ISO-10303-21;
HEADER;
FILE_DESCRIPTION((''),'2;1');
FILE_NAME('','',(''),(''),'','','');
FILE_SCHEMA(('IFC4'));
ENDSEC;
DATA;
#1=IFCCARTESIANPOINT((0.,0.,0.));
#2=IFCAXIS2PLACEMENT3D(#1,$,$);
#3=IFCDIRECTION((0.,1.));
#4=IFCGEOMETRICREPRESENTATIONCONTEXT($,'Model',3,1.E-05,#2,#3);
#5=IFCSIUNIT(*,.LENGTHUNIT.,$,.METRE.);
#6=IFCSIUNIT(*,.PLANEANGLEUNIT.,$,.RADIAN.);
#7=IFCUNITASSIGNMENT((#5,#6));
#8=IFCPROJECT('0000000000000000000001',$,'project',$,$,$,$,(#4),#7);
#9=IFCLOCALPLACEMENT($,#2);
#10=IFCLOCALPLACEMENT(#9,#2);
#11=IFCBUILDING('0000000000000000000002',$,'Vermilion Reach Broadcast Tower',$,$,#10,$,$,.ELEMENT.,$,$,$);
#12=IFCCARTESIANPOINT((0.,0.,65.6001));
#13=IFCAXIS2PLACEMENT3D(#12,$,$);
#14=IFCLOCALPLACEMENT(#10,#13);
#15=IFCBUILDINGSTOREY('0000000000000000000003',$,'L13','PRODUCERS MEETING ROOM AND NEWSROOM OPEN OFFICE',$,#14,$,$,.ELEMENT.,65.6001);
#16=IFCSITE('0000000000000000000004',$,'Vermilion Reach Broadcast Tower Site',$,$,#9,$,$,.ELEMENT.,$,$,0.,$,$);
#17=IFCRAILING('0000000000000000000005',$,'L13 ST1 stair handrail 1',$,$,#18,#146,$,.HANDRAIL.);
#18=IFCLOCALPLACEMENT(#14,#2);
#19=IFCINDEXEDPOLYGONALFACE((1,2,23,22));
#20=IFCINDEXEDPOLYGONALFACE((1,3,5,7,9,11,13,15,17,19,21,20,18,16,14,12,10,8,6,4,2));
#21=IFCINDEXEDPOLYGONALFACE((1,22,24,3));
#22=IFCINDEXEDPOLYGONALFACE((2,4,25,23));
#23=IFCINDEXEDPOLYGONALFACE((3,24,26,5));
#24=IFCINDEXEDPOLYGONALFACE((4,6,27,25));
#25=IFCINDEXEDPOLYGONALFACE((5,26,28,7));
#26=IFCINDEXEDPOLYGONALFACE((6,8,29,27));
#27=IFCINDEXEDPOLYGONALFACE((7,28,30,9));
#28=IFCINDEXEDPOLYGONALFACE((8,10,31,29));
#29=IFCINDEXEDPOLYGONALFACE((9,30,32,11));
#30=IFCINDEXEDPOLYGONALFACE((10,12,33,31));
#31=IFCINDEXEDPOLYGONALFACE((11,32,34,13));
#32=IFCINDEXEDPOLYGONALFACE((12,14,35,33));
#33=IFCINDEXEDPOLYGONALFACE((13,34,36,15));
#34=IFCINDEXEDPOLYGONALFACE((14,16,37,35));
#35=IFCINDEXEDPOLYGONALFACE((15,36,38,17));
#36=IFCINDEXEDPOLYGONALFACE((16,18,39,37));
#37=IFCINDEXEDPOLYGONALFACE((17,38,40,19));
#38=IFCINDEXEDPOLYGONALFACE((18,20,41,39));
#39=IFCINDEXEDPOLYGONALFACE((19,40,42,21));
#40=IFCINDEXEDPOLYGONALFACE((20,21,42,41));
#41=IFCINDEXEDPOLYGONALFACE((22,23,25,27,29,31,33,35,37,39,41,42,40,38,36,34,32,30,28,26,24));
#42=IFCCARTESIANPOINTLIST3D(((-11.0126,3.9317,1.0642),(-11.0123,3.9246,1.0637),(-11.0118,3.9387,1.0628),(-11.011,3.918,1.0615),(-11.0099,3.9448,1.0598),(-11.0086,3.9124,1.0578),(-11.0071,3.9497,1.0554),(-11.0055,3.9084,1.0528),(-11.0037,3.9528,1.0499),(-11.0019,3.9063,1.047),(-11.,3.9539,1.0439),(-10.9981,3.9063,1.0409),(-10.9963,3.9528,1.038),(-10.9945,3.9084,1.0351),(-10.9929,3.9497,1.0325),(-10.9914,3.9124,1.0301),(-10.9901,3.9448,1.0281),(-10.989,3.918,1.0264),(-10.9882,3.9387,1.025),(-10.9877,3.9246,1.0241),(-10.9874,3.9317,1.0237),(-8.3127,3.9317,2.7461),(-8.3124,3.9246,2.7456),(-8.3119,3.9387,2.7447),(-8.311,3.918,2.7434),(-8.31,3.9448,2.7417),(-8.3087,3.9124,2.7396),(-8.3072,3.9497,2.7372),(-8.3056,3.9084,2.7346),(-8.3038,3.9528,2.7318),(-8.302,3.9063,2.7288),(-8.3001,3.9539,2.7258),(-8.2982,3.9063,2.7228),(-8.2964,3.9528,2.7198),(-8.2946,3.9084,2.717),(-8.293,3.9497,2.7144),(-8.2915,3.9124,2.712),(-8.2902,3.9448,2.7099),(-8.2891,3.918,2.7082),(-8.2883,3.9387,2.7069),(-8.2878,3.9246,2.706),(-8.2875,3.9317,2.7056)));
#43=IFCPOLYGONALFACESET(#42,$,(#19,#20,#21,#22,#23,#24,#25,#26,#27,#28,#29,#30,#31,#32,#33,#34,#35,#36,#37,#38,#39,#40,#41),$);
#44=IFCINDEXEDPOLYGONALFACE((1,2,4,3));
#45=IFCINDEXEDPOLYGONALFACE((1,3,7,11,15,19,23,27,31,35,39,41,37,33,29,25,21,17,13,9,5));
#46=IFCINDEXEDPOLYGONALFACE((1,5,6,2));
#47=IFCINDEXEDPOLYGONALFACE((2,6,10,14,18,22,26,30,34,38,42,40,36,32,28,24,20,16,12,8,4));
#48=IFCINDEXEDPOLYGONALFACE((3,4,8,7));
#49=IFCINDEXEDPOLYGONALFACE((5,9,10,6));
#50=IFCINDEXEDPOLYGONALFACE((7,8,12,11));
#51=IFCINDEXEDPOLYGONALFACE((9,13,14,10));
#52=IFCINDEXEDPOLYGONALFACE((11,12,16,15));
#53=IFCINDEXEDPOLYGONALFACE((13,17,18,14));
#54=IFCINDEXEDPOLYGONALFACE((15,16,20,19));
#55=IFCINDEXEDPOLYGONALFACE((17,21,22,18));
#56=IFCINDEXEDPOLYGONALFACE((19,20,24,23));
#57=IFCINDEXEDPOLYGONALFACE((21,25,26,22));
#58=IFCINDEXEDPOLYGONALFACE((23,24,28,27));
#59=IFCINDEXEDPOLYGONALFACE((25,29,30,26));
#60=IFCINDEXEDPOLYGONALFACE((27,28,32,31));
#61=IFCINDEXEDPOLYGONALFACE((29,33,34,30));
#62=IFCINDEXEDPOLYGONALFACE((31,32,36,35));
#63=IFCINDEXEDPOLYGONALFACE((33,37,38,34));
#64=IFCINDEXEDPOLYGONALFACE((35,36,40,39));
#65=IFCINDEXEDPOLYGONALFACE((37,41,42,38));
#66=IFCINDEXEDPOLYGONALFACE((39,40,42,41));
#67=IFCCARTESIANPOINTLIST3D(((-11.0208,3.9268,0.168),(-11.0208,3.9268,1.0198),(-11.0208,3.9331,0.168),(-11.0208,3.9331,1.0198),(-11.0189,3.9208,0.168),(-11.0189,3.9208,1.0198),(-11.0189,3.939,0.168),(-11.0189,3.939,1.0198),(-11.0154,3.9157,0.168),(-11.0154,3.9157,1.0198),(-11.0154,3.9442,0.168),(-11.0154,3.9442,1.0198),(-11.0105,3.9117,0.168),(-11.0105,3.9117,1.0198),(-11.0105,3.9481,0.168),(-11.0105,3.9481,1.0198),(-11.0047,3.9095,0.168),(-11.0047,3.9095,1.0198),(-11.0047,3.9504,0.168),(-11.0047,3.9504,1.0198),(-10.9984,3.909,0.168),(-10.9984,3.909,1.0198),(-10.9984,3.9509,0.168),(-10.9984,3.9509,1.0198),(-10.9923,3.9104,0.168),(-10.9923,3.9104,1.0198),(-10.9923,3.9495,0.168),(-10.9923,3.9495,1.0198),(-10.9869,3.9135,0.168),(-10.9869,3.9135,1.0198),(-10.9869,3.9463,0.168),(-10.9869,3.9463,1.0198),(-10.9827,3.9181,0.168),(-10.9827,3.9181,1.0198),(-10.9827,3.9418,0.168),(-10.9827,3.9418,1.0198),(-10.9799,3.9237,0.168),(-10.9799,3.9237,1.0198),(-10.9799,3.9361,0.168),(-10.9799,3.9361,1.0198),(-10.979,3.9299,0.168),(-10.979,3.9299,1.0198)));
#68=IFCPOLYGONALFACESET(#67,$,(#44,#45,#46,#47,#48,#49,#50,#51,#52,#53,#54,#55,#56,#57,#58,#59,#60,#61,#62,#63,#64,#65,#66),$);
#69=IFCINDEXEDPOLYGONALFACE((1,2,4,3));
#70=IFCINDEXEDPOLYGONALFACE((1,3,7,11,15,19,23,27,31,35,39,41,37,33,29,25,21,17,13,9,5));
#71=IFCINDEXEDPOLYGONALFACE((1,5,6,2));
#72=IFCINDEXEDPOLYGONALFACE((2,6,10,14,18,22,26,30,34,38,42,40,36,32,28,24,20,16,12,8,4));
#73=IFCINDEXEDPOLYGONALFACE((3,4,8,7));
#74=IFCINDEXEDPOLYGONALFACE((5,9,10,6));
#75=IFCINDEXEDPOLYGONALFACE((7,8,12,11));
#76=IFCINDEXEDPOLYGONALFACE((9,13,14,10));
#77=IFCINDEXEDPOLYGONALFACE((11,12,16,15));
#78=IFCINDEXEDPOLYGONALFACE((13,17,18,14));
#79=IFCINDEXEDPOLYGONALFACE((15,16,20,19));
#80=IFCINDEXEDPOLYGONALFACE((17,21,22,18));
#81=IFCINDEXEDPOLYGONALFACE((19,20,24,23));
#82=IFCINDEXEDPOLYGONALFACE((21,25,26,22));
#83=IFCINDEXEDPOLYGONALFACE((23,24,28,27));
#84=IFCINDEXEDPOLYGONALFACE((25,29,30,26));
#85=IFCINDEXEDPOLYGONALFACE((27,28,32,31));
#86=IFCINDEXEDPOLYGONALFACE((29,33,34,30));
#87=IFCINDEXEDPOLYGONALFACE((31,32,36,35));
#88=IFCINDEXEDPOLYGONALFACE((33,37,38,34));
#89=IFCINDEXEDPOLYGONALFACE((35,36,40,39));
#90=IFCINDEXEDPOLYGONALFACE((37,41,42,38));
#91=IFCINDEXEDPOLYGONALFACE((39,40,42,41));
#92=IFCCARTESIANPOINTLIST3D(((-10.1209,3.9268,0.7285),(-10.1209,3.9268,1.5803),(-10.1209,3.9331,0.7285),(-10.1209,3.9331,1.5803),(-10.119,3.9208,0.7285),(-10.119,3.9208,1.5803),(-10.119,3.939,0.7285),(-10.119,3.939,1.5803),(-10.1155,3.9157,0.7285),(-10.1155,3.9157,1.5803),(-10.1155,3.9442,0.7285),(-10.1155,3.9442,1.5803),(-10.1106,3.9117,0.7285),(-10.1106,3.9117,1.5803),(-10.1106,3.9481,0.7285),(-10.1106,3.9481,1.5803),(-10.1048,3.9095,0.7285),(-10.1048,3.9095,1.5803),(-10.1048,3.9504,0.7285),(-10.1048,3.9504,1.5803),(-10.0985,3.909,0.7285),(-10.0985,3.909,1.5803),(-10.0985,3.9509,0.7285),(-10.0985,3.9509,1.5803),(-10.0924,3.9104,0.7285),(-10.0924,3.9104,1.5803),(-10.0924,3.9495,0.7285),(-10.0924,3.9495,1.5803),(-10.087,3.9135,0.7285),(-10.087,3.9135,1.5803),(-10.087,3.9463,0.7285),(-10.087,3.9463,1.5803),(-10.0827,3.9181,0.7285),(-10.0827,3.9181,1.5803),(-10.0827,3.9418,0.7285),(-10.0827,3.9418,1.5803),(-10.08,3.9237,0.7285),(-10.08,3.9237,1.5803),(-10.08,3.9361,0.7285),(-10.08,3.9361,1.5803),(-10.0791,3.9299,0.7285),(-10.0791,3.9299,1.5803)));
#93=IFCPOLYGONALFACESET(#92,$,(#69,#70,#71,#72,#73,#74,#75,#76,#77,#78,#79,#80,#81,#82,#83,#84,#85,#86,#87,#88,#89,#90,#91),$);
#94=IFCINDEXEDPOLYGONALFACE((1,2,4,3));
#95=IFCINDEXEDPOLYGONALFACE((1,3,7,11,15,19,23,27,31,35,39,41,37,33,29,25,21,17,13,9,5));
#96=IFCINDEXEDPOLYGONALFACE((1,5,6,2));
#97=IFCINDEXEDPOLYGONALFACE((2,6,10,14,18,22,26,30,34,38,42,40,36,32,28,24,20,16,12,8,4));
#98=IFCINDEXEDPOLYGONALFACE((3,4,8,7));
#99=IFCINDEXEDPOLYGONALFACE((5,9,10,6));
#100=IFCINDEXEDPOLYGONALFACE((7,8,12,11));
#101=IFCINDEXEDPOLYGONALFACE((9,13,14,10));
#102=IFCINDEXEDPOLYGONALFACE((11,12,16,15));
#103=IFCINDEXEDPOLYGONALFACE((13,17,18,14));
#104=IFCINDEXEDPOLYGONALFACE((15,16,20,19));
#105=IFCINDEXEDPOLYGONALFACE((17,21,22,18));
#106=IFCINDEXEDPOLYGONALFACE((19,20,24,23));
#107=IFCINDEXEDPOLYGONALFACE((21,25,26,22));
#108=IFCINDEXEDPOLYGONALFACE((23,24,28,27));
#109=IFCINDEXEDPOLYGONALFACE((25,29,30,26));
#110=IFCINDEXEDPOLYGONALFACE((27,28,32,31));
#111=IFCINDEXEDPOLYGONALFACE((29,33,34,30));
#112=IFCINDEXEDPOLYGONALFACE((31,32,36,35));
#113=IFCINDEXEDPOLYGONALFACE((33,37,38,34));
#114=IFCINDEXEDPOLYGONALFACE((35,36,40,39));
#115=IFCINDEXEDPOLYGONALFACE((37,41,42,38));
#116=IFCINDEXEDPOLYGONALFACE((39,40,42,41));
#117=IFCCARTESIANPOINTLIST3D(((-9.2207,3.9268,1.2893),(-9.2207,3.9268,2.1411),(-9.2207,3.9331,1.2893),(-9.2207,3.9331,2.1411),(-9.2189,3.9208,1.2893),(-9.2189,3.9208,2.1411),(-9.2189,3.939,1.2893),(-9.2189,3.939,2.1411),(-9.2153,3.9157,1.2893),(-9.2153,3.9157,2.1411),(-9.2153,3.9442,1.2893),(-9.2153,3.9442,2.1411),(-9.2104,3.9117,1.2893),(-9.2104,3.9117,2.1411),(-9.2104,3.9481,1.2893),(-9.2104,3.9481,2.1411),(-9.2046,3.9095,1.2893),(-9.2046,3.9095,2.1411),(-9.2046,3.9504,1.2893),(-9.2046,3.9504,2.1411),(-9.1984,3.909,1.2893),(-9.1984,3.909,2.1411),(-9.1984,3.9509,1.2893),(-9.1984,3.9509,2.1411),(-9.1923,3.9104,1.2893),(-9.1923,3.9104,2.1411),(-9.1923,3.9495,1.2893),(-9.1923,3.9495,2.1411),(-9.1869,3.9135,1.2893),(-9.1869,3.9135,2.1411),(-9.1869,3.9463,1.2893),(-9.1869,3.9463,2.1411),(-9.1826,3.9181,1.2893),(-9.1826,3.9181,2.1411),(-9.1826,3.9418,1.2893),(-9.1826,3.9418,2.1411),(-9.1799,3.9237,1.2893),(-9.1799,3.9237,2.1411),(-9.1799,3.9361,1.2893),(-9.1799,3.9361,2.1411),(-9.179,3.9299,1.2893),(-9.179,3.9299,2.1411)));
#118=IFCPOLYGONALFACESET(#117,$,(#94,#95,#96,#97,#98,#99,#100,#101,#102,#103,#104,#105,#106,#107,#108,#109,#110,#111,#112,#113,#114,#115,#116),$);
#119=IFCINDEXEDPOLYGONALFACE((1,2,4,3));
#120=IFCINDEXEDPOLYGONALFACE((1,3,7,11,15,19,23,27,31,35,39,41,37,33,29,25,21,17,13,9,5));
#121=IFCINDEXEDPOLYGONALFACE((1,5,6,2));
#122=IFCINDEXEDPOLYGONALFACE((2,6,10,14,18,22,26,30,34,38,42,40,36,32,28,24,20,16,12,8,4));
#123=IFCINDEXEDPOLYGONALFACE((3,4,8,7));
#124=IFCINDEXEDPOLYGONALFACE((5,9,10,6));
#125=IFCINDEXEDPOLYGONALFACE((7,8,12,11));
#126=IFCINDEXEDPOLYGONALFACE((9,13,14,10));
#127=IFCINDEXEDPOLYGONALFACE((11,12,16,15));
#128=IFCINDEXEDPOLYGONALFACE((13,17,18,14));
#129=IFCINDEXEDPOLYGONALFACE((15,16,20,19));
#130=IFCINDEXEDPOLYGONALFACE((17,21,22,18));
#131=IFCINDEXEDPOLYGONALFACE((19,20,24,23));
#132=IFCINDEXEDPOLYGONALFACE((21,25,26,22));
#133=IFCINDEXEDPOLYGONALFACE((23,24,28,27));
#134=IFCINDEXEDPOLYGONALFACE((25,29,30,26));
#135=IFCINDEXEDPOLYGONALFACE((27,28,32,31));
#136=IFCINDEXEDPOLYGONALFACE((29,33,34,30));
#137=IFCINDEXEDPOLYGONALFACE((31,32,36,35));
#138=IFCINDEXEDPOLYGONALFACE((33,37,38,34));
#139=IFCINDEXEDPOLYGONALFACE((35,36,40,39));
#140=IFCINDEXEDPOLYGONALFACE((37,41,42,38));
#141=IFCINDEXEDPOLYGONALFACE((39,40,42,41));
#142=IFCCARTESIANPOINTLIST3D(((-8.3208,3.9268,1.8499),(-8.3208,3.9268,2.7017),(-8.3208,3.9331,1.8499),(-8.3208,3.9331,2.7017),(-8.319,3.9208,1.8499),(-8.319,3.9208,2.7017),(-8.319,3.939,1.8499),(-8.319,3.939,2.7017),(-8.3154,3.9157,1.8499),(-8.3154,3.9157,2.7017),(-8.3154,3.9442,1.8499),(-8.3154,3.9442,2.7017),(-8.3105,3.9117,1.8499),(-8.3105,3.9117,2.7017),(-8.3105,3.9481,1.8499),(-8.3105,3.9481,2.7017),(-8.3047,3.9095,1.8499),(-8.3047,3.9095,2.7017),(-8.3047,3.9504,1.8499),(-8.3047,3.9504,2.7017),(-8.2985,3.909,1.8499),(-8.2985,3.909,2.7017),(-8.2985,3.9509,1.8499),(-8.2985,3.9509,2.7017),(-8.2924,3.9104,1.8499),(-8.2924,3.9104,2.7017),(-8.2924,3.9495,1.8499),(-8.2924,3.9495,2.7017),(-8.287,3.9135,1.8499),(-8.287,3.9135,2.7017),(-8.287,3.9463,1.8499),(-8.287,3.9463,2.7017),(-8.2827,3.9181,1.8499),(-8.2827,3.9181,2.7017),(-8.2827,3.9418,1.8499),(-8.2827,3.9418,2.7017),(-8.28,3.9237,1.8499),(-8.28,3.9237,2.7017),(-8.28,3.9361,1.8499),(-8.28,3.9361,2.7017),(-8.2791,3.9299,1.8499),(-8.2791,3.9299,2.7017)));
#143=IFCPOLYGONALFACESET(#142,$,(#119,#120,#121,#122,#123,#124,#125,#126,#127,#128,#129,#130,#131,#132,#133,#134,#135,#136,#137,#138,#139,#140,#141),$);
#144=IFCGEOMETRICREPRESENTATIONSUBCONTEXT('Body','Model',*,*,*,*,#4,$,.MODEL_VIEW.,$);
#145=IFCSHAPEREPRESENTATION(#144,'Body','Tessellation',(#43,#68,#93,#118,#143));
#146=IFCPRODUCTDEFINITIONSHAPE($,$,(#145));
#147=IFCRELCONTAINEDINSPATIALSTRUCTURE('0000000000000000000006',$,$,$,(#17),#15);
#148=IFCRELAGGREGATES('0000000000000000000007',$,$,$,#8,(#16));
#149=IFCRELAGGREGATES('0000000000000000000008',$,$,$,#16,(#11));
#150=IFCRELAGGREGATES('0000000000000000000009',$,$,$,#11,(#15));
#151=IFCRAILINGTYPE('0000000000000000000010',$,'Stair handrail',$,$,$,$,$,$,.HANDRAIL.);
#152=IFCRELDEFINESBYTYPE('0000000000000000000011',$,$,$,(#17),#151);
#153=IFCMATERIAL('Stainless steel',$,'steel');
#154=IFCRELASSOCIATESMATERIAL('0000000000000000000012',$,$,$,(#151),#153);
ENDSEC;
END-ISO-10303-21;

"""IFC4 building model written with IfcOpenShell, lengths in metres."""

from ifc_helpers import new_model, si_unit, direction, frame, origin, origin_2d, place, context, subcontext, project, spatial, circle, extrude, material, type_object, element, save


model = new_model("IFC4")

# Units and contexts
model_context = context("Model", 3, precision=1e-05, world=origin(), true_north=direction((0.0, 1.0)))
body_context = subcontext(model_context, "Body", "Model", "MODEL_VIEW")
ifc_project = project(units=[si_unit("LENGTHUNIT", "METRE"), si_unit("PLANEANGLEUNIT", "RADIAN")], contexts=[model_context])

# Site, building, storey
site_placement = place(None, origin())
site = spatial("IfcSite", under=ifc_project, at=site_placement, Name="Vermilion Reach Broadcast Tower Site", CompositionType="ELEMENT", RefElevation=0.0)
building_placement = place(site_placement, origin())
building = spatial("IfcBuilding", under=site, at=building_placement, Name="Vermilion Reach Broadcast Tower", CompositionType="ELEMENT")
storey_placement = place(building_placement, frame((0.0, 0.0, 65.6001)))
storey = spatial("IfcBuildingStorey", under=building, at=storey_placement, Name="L13", Description="PRODUCERS MEETING ROOM AND NEWSROOM OPEN OFFICE", CompositionType="ELEMENT", Elevation=65.6001)

# Railing
ifc_material_1 = material(Name="Stainless steel", Category="steel")
railing_type_1 = type_object("IfcRailingType", Name="Stair handrail", PredefinedType="HANDRAIL", material=ifc_material_1)
railing_1_placement = place(storey_placement, frame((-11.0, 3.9299, 0.168)))
element("IfcRailing", 1, at=railing_1_placement, inside=storey, type_object=railing_type_1, Name="L13 ST1 stair handrail 1", PredefinedType="HANDRAIL", context=body_context, shape_type="SweptSolid", body=[
    extrude(circle(Radius=0.0239, at=origin_2d()), frame((0.0, 0.0, 0.876), z_axis=(0.848786, 0.0, 0.528736), x_axis=(0.0, 1.0, 0.0)), (0.0, 0.0, 1.0), 3.1809),
    extrude(circle(Radius=0.021, at=origin_2d()), origin(), (0.0, 0.0, 1.0), 0.8518),
    extrude(circle(Radius=0.021, at=origin_2d()), frame((0.8999, 0.0, 0.5605)), (0.0, 0.0, 1.0), 0.8518),
    extrude(circle(Radius=0.021, at=origin_2d()), frame((1.8, 0.0, 1.1213)), (0.0, 0.0, 1.0), 0.8518),
    extrude(circle(Radius=0.021, at=origin_2d()), frame((2.7, 0.0, 1.6819)), (0.0, 0.0, 1.0), 0.8518),
])

save(model, "model.ifc")
